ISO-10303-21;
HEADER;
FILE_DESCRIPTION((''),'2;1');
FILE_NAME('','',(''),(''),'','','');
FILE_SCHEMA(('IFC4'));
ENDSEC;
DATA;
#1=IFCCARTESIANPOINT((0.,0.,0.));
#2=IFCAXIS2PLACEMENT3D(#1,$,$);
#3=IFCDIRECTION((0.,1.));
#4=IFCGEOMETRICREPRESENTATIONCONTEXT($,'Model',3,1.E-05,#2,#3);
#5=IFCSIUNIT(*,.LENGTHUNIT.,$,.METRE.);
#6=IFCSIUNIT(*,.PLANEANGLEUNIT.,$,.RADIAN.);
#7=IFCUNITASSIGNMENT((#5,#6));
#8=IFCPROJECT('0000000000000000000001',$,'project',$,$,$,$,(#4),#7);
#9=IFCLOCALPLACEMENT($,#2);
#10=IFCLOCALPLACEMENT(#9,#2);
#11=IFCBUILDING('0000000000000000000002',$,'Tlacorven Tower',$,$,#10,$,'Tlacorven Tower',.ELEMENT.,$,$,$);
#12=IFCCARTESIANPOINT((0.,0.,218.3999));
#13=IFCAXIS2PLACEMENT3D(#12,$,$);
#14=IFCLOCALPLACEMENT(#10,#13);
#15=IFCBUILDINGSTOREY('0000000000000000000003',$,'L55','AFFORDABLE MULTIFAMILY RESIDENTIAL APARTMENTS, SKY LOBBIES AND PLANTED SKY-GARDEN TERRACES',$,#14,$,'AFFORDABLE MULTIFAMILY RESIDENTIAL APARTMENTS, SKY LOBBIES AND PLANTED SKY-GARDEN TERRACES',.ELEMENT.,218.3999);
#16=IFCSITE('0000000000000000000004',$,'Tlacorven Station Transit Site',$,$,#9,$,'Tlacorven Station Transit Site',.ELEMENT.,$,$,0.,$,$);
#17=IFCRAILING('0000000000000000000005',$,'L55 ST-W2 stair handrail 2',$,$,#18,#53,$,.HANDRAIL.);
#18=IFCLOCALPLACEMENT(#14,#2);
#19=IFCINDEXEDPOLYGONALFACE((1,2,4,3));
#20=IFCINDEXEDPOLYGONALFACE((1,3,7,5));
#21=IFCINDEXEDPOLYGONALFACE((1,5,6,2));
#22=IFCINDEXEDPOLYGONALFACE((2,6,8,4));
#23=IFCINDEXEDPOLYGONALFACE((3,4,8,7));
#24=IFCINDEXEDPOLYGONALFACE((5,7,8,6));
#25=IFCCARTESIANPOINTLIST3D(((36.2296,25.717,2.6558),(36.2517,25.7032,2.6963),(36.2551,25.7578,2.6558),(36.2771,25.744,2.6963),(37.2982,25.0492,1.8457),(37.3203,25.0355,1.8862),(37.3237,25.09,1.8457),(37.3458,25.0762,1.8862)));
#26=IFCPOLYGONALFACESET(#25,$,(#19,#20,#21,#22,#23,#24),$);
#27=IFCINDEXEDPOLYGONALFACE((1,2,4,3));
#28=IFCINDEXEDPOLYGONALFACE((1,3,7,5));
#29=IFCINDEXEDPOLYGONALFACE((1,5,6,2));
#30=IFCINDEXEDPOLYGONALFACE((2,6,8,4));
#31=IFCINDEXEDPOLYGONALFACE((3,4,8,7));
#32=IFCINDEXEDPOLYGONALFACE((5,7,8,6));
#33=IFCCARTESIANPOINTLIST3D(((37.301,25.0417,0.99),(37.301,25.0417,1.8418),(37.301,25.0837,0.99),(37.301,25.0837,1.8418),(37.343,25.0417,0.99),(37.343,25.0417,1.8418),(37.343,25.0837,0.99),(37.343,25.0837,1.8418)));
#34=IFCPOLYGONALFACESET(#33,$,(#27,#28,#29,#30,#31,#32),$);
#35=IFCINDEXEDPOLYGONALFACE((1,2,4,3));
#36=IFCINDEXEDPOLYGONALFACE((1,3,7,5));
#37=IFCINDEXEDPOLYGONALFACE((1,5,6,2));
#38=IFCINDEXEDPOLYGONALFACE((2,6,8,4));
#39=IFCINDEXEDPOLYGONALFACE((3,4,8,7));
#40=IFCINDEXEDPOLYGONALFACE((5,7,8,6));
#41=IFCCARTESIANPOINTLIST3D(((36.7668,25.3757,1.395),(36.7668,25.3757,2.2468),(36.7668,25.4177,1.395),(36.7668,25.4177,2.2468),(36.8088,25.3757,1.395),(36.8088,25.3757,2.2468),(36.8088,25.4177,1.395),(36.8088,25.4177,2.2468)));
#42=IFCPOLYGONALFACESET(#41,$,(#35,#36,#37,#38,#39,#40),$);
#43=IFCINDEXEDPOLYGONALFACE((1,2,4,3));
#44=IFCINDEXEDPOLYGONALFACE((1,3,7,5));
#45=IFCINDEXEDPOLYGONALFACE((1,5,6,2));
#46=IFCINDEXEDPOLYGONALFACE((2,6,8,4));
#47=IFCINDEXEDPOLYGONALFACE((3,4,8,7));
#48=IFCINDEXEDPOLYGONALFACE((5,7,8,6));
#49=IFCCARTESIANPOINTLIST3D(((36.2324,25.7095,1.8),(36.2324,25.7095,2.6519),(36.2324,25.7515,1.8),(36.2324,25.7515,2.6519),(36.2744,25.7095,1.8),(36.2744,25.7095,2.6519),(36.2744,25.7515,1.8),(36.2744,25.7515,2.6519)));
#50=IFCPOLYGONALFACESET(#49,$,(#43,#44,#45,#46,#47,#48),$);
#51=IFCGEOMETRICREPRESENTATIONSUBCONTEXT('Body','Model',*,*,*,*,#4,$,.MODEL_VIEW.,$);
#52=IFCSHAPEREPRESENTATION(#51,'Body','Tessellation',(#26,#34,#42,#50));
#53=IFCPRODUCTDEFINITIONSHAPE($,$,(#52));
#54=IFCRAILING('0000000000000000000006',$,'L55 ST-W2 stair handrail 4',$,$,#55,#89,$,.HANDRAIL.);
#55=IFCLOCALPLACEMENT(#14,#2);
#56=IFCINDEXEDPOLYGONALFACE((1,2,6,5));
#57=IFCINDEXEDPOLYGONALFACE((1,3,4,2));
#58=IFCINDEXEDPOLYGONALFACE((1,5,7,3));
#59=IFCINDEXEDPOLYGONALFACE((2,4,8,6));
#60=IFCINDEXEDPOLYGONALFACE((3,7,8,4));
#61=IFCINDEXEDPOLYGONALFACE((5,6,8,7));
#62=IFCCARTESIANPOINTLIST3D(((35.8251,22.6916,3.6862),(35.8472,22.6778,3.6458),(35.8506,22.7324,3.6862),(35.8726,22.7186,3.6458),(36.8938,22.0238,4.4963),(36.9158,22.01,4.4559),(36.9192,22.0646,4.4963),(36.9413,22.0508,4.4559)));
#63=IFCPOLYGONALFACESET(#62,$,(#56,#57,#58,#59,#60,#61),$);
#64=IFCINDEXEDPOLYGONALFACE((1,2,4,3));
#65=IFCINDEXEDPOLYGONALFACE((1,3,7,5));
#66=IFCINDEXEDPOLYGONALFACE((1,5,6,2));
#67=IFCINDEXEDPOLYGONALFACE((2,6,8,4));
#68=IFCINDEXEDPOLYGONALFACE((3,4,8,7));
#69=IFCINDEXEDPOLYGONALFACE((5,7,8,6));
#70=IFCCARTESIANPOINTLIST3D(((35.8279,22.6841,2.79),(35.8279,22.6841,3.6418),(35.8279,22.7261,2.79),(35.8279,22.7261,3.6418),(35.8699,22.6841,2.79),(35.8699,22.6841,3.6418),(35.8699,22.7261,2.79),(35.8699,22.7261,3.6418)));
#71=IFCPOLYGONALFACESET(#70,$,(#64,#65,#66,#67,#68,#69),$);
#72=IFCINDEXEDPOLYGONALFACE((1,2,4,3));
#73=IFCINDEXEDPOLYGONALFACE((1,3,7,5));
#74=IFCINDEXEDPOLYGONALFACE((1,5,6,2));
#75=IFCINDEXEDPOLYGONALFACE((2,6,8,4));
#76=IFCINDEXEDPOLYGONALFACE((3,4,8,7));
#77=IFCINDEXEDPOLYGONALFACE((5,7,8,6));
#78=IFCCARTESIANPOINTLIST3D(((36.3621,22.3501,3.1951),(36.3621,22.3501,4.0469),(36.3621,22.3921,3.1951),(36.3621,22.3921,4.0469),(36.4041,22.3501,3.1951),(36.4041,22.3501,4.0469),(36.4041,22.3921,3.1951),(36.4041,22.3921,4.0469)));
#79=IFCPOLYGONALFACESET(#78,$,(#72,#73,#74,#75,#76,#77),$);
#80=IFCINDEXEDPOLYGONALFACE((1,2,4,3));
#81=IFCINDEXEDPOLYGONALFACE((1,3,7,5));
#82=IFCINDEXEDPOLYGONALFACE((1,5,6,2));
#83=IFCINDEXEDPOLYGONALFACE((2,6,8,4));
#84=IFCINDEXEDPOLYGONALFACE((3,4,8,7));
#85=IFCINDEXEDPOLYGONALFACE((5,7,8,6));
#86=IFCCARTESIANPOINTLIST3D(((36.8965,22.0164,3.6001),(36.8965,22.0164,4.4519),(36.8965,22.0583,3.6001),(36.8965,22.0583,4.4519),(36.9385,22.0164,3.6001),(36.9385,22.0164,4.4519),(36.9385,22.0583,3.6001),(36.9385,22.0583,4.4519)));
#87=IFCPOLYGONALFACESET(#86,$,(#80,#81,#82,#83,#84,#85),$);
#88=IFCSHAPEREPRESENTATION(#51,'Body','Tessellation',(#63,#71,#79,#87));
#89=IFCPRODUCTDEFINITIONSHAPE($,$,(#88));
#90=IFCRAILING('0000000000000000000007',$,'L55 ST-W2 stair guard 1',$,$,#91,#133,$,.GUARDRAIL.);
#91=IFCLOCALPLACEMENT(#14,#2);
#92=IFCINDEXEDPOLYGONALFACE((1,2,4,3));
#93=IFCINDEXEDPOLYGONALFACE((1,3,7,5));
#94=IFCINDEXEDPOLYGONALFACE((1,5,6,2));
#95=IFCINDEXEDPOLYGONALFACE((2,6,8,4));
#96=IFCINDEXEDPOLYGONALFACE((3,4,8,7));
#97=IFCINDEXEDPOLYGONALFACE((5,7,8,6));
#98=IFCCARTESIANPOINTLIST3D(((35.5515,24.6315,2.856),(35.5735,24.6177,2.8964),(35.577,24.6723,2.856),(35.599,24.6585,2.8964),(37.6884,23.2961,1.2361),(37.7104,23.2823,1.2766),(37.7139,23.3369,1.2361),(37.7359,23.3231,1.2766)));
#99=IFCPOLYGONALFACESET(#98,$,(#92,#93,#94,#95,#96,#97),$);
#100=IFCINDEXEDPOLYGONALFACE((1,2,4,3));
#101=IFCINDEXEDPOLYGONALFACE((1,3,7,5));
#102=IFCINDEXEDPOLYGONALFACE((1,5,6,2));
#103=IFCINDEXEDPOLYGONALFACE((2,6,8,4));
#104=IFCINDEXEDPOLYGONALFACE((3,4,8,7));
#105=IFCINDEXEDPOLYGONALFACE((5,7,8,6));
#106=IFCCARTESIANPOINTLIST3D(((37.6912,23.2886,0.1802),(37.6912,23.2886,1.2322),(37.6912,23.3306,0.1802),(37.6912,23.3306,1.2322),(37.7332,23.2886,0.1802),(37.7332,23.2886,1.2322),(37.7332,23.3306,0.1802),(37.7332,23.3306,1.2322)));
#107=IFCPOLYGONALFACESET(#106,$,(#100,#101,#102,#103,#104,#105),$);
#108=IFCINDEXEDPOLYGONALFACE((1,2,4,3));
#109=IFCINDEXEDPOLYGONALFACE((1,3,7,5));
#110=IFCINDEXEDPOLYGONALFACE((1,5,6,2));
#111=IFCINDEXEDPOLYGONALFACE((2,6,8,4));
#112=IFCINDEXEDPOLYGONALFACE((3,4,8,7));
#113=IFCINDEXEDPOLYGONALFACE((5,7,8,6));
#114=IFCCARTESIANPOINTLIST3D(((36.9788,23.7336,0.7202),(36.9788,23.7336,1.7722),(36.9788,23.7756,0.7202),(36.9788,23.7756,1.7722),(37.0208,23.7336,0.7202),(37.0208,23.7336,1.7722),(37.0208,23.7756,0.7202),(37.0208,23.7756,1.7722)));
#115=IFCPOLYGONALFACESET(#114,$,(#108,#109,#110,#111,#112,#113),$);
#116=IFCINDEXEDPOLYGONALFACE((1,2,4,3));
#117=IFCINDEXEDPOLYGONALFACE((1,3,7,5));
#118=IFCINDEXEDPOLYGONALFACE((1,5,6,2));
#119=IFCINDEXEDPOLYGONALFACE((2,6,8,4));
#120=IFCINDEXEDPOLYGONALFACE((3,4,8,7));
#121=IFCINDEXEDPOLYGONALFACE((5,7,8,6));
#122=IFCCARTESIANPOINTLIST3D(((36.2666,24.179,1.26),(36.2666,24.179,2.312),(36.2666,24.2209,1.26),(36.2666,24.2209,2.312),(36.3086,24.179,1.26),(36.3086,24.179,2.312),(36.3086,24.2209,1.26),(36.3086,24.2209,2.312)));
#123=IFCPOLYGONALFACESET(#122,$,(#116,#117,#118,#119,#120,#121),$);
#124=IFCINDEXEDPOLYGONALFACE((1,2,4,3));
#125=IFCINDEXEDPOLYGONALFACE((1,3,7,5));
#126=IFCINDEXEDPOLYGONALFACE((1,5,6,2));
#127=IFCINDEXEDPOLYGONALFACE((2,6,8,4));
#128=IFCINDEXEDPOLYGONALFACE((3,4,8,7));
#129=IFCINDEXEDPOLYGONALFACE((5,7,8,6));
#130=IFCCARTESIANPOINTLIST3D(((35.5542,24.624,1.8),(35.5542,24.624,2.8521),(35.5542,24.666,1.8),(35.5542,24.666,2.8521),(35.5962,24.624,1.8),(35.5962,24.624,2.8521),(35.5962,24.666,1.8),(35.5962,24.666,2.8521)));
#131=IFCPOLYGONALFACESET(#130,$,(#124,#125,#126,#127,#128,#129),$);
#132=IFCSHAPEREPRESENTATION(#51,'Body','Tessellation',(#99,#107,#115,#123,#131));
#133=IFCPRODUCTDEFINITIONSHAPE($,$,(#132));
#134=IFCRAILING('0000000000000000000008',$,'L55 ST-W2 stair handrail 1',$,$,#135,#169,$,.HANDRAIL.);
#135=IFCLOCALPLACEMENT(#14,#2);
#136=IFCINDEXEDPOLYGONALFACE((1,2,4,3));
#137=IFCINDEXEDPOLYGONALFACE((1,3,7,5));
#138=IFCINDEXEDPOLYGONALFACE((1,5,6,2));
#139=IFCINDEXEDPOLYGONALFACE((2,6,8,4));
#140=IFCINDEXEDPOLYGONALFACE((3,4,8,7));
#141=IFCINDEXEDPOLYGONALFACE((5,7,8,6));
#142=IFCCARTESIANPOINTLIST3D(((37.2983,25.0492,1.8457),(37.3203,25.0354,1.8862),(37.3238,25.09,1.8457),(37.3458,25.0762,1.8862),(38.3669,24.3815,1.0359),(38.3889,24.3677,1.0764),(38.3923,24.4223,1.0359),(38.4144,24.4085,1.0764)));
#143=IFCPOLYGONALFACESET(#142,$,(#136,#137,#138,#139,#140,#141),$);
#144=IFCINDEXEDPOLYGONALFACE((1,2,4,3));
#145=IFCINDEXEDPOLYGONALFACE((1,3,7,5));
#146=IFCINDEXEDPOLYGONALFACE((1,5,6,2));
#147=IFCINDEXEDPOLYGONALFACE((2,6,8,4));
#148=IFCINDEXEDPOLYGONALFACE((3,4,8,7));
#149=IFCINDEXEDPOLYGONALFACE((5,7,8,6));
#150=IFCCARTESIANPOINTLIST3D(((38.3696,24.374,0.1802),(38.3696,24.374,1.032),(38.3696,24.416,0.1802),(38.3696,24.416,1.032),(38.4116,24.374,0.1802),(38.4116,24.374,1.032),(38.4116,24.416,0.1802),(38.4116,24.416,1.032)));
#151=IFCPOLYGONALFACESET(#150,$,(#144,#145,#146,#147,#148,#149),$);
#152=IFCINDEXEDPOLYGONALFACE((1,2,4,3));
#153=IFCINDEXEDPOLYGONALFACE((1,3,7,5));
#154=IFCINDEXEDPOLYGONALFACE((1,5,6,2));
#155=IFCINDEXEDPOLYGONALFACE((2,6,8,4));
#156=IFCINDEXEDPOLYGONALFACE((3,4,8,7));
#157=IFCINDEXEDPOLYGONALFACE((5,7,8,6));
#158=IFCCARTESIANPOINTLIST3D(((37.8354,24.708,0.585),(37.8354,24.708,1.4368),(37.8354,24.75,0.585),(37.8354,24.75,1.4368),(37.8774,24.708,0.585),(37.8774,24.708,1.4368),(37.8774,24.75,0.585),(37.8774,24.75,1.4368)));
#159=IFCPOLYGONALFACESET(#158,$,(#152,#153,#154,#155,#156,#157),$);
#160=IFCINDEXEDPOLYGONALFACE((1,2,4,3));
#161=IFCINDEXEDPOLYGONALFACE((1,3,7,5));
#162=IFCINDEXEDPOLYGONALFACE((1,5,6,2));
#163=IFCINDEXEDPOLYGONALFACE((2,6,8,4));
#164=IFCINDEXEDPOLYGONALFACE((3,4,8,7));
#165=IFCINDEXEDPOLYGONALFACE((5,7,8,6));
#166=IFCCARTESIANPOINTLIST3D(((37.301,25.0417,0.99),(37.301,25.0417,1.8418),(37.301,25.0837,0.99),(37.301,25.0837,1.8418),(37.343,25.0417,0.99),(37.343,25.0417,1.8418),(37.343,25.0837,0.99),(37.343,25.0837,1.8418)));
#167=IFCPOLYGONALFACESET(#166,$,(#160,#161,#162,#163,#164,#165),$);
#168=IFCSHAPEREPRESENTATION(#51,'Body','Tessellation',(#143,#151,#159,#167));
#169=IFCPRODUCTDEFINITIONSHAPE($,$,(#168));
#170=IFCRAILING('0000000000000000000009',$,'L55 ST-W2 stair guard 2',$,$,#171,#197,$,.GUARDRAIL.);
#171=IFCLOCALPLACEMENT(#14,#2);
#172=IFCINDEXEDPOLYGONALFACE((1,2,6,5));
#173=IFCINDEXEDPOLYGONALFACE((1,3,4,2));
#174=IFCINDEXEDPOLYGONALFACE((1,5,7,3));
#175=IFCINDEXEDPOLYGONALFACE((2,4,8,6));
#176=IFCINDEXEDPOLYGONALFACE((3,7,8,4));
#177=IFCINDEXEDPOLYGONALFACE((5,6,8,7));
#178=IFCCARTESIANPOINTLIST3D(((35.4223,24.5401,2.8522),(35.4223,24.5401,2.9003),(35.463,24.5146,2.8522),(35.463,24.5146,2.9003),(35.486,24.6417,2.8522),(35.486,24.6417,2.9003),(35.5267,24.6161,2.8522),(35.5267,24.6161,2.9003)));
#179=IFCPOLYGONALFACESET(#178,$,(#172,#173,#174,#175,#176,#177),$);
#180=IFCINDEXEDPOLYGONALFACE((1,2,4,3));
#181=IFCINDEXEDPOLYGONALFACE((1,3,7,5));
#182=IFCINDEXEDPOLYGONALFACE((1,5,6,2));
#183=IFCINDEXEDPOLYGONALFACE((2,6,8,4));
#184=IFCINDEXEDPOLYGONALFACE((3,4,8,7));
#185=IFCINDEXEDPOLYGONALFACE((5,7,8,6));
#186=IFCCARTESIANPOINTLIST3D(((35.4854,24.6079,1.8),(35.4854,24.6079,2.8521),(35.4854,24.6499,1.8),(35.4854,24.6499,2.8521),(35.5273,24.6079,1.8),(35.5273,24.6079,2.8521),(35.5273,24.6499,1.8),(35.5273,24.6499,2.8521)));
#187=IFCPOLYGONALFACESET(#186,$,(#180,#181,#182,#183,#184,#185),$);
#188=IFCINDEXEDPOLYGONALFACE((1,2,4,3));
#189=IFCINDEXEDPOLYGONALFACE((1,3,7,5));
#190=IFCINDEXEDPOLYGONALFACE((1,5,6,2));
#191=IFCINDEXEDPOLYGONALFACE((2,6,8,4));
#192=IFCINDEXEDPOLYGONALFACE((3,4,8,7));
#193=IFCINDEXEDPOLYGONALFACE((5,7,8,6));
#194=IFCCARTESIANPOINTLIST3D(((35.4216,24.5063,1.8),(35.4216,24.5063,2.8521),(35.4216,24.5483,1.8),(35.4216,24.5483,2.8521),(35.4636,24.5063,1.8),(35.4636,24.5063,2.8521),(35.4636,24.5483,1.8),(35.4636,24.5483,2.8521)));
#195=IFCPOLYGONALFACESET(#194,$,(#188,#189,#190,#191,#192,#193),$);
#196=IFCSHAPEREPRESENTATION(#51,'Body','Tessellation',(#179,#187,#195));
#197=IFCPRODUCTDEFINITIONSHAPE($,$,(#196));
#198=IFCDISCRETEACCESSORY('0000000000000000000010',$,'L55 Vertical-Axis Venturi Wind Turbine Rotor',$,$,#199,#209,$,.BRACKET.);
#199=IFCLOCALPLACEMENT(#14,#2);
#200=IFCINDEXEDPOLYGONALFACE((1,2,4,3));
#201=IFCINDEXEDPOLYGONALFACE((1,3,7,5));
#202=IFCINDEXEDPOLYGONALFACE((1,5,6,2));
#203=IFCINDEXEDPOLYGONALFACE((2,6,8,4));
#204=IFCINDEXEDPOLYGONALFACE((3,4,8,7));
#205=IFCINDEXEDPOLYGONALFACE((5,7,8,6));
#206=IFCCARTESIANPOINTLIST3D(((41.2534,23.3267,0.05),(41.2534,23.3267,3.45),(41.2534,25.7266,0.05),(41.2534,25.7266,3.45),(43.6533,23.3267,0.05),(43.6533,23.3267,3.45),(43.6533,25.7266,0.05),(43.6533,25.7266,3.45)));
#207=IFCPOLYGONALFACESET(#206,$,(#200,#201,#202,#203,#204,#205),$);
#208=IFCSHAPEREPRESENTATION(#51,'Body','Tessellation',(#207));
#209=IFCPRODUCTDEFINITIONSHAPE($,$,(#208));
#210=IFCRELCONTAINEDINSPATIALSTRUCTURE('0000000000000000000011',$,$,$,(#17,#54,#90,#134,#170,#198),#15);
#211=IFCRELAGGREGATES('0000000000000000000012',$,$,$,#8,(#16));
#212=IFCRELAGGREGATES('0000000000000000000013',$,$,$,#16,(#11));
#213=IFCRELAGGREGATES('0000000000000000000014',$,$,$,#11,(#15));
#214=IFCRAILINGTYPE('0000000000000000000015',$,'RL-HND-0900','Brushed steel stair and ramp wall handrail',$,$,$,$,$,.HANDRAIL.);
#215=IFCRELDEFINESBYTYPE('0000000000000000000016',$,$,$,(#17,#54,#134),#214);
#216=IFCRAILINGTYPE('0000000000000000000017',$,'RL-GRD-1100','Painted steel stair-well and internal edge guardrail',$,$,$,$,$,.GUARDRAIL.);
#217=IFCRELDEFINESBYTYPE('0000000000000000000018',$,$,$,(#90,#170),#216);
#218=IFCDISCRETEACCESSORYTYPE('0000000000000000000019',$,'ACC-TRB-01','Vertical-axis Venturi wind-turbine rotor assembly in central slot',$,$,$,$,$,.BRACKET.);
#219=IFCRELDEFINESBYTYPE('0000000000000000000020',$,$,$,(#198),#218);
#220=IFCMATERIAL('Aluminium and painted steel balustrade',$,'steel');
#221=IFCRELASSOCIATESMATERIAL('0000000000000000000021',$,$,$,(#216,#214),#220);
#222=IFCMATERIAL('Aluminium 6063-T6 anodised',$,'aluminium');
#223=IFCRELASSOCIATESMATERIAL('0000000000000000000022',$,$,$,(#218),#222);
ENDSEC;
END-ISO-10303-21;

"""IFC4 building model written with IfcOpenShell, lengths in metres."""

from ifc_helpers import new_model, si_unit, direction, frame, origin, origin_2d, place, context, subcontext, project, spatial, rectangle, extrude, source, transform, mapped, material, type_object, element, save


model = new_model("IFC4")

# Units and contexts
model_context = context("Model", 3, precision=1e-05, world=origin(), true_north=direction((0.0, 1.0)))
body_context = subcontext(model_context, "Body", "Model", "MODEL_VIEW")
ifc_project = project(units=[si_unit("LENGTHUNIT", "METRE"), si_unit("PLANEANGLEUNIT", "RADIAN")], contexts=[model_context])

# Site, building, storey
site_placement = place(None, origin())
site = spatial("IfcSite", under=ifc_project, at=site_placement, Name="Tlacorven Station Transit Site", LongName="Tlacorven Station Transit Site", CompositionType="ELEMENT", RefElevation=0.0)
building_placement = place(site_placement, origin())
building = spatial("IfcBuilding", under=site, at=building_placement, Name="Tlacorven Tower", LongName="Tlacorven Tower", CompositionType="ELEMENT")
storey_placement = place(building_placement, frame((0.0, 0.0, 218.3999)))
storey = spatial("IfcBuildingStorey", under=building, at=storey_placement, Name="L55", Description="AFFORDABLE MULTIFAMILY RESIDENTIAL APARTMENTS, SKY LOBBIES AND PLANTED SKY-GARDEN TERRACES", LongName="AFFORDABLE MULTIFAMILY RESIDENTIAL APARTMENTS, SKY LOBBIES AND PLANTED SKY-GARDEN TERRACES", CompositionType="ELEMENT", Elevation=218.3999)

# Railings
ifc_material_1 = material(Name="Aluminium and painted steel balustrade", Category="steel")
railing_type_1 = type_object("IfcRailingType", Name="RL-GRD-1100", Description="Painted steel stair-well and internal edge guardrail", PredefinedType="GUARDRAIL", material=ifc_material_1)
railing_type_2 = type_object("IfcRailingType", Name="RL-HND-0900", Description="Brushed steel stair and ramp wall handrail", PredefinedType="HANDRAIL", material=ifc_material_1)
shared_shape_1 = source(origin(), body_context, "Body", "SweptSolid", [
    extrude(rectangle(XDim=0.0481, YDim=0.0481, at=origin_2d()), frame((0.0, 0.0, 0.876), z_axis=(-0.71336, 0.445748, 0.540765), x_axis=(-0.529912, -0.848053, 0.0)), (0.0, 0.0, 1.0), 1.498),
    extrude(rectangle(XDim=0.042, YDim=0.042, at=origin_2d()), origin(), (0.0, 0.0, 1.0), 0.8518),
    extrude(rectangle(XDim=0.042, YDim=0.042, at=origin_2d()), frame((-0.5342, 0.334, 0.405)), (0.0, 0.0, 1.0), 0.8518),
    extrude(rectangle(XDim=0.042, YDim=0.042, at=origin_2d()), frame((-1.0686, 0.6677, 0.8101)), (0.0, 0.0, 1.0), 0.8518),
])
railing_1_placement = place(storey_placement, frame((37.322, 25.0627, 0.99)))
element("IfcRailing", 1, at=railing_1_placement, inside=storey, type_object=railing_type_2, Name="L55 ST-W2 stair handrail 2", PredefinedType="HANDRAIL", context=body_context, shape_type="MappedRepresentation", body=[
    mapped(shared_shape_1, transform((0.0, 0.0, 0.0), scale=1.0)),
])
shared_shape_2 = source(origin(), body_context, "Body", "SweptSolid", [
    extrude(rectangle(XDim=0.0481, YDim=0.0481, at=origin_2d()), frame((0.0, 0.0, 0.876), z_axis=(0.71336, -0.445748, 0.540765), x_axis=(0.529912, 0.848053, 0.0)), (0.0, 0.0, 1.0), 1.498),
    extrude(rectangle(XDim=0.042, YDim=0.042, at=origin_2d()), origin(), (0.0, 0.0, 1.0), 0.8518),
    extrude(rectangle(XDim=0.042, YDim=0.042, at=origin_2d()), frame((0.5342, -0.334, 0.405)), (0.0, 0.0, 1.0), 0.8518),
    extrude(rectangle(XDim=0.042, YDim=0.042, at=origin_2d()), frame((1.0686, -0.6677, 0.8101)), (0.0, 0.0, 1.0), 0.8518),
])
railing_2_placement = place(storey_placement, frame((35.8489, 22.7051, 2.79)))
element("IfcRailing", 2, at=railing_2_placement, inside=storey, type_object=railing_type_2, Name="L55 ST-W2 stair handrail 4", PredefinedType="HANDRAIL", context=body_context, shape_type="MappedRepresentation", body=[
    mapped(shared_shape_2, transform((0.0, 0.0, 0.0), scale=1.0)),
])
shared_shape_3 = source(origin(), body_context, "Body", "SweptSolid", [
    extrude(rectangle(XDim=0.0481, YDim=0.0481, at=origin_2d()), frame((0.0, 0.0, 1.0762), z_axis=(-0.713351, 0.445794, 0.540739), x_axis=(-0.529955, -0.848026, 0.0)), (0.0, 0.0, 1.0), 2.9956),
    extrude(rectangle(XDim=0.042, YDim=0.042, at=origin_2d()), origin(), (0.0, 0.0, 1.0), 1.052),
    extrude(rectangle(XDim=0.042, YDim=0.042, at=origin_2d()), frame((-0.7124, 0.4451, 0.54)), (0.0, 0.0, 1.0), 1.052),
    extrude(rectangle(XDim=0.042, YDim=0.042, at=origin_2d()), frame((-1.4246, 0.8904, 1.0798)), (0.0, 0.0, 1.0), 1.052),
    extrude(rectangle(XDim=0.042, YDim=0.042, at=origin_2d()), frame((-2.137, 1.3354, 1.6199)), (0.0, 0.0, 1.0), 1.052),
])
railing_3_placement = place(storey_placement, frame((37.7122, 23.3096, 0.1802)))
element("IfcRailing", 3, at=railing_3_placement, inside=storey, type_object=railing_type_1, Name="L55 ST-W2 stair guard 1", PredefinedType="GUARDRAIL", context=body_context, shape_type="MappedRepresentation", body=[
    mapped(shared_shape_3, transform((0.0, 0.0, 0.0), scale=1.0)),
])
shared_shape_4 = source(origin(), body_context, "Body", "SweptSolid", [
    extrude(rectangle(XDim=0.0481, YDim=0.0481, at=origin_2d()), frame((0.0, 0.0, 0.876), z_axis=(-0.713423, 0.445787, 0.540649), x_axis=(-0.529912, -0.848053, 0.0)), (0.0, 0.0, 1.0), 1.4978),
    extrude(rectangle(XDim=0.042, YDim=0.042, at=origin_2d()), origin(), (0.0, 0.0, 1.0), 0.8518),
    extrude(rectangle(XDim=0.042, YDim=0.042, at=origin_2d()), frame((-0.5342, 0.334, 0.4048)), (0.0, 0.0, 1.0), 0.8518),
    extrude(rectangle(XDim=0.042, YDim=0.042, at=origin_2d()), frame((-1.0686, 0.6677, 0.8098)), (0.0, 0.0, 1.0), 0.8518),
])
railing_4_placement = place(storey_placement, frame((38.3906, 24.395, 0.1802)))
element("IfcRailing", 4, at=railing_4_placement, inside=storey, type_object=railing_type_2, Name="L55 ST-W2 stair handrail 1", PredefinedType="HANDRAIL", context=body_context, shape_type="MappedRepresentation", body=[
    mapped(shared_shape_4, transform((0.0, 0.0, 0.0), scale=1.0)),
])
shared_shape_5 = source(origin(), body_context, "Body", "SweptSolid", [
    extrude(rectangle(XDim=0.0481, YDim=0.0481, at=origin_2d()), frame((0.0, 0.0, 1.0762), z_axis=(-0.531462, -0.847082, 0.0), x_axis=(0.847082, -0.531462, 0.0)), (0.0, 0.0, 1.0), 0.1199),
    extrude(rectangle(XDim=0.042, YDim=0.042, at=origin_2d()), origin(), (0.0, 0.0, 1.0), 1.052),
    extrude(rectangle(XDim=0.042, YDim=0.042, at=origin_2d()), frame((-0.0637, -0.1016, 0.0)), (0.0, 0.0, 1.0), 1.052),
])
railing_5_placement = place(storey_placement, frame((35.5063, 24.6289, 1.8)))
element("IfcRailing", 5, at=railing_5_placement, inside=storey, type_object=railing_type_1, Name="L55 ST-W2 stair guard 2", PredefinedType="GUARDRAIL", context=body_context, shape_type="MappedRepresentation", body=[
    mapped(shared_shape_5, transform((0.0, 0.0, 0.0), scale=1.0)),
])

# Discrete accessory
ifc_material_2 = material(Name="Aluminium 6063-T6 anodised", Category="aluminium")
discrete_accessory_type = type_object("IfcDiscreteAccessoryType", Name="ACC-TRB-01", Description="Vertical-axis Venturi wind-turbine rotor assembly in central slot", PredefinedType="BRACKET", material=ifc_material_2)
shared_shape_6 = source(origin(), body_context, "Body", "SweptSolid", [
    extrude(rectangle(XDim=2.3999, YDim=2.3999, at=origin_2d()), origin(), (0.0, 0.0, 1.0), 3.3999),
])
discrete_accessory_placement = place(storey_placement, frame((42.4534, 24.5266, 0.05), z_axis=(0.0, 0.0, 1.0), x_axis=(1.0, 0.0, 0.0)))
element("IfcDiscreteAccessory", 6, at=discrete_accessory_placement, inside=storey, type_object=discrete_accessory_type, Name="L55 Vertical-Axis Venturi Wind Turbine Rotor", PredefinedType="BRACKET", context=body_context, shape_type="MappedRepresentation", body=[
    mapped(shared_shape_6, transform((0.0, 0.0, 0.0), scale=1.0)),
])

save(model, "model.ifc")
